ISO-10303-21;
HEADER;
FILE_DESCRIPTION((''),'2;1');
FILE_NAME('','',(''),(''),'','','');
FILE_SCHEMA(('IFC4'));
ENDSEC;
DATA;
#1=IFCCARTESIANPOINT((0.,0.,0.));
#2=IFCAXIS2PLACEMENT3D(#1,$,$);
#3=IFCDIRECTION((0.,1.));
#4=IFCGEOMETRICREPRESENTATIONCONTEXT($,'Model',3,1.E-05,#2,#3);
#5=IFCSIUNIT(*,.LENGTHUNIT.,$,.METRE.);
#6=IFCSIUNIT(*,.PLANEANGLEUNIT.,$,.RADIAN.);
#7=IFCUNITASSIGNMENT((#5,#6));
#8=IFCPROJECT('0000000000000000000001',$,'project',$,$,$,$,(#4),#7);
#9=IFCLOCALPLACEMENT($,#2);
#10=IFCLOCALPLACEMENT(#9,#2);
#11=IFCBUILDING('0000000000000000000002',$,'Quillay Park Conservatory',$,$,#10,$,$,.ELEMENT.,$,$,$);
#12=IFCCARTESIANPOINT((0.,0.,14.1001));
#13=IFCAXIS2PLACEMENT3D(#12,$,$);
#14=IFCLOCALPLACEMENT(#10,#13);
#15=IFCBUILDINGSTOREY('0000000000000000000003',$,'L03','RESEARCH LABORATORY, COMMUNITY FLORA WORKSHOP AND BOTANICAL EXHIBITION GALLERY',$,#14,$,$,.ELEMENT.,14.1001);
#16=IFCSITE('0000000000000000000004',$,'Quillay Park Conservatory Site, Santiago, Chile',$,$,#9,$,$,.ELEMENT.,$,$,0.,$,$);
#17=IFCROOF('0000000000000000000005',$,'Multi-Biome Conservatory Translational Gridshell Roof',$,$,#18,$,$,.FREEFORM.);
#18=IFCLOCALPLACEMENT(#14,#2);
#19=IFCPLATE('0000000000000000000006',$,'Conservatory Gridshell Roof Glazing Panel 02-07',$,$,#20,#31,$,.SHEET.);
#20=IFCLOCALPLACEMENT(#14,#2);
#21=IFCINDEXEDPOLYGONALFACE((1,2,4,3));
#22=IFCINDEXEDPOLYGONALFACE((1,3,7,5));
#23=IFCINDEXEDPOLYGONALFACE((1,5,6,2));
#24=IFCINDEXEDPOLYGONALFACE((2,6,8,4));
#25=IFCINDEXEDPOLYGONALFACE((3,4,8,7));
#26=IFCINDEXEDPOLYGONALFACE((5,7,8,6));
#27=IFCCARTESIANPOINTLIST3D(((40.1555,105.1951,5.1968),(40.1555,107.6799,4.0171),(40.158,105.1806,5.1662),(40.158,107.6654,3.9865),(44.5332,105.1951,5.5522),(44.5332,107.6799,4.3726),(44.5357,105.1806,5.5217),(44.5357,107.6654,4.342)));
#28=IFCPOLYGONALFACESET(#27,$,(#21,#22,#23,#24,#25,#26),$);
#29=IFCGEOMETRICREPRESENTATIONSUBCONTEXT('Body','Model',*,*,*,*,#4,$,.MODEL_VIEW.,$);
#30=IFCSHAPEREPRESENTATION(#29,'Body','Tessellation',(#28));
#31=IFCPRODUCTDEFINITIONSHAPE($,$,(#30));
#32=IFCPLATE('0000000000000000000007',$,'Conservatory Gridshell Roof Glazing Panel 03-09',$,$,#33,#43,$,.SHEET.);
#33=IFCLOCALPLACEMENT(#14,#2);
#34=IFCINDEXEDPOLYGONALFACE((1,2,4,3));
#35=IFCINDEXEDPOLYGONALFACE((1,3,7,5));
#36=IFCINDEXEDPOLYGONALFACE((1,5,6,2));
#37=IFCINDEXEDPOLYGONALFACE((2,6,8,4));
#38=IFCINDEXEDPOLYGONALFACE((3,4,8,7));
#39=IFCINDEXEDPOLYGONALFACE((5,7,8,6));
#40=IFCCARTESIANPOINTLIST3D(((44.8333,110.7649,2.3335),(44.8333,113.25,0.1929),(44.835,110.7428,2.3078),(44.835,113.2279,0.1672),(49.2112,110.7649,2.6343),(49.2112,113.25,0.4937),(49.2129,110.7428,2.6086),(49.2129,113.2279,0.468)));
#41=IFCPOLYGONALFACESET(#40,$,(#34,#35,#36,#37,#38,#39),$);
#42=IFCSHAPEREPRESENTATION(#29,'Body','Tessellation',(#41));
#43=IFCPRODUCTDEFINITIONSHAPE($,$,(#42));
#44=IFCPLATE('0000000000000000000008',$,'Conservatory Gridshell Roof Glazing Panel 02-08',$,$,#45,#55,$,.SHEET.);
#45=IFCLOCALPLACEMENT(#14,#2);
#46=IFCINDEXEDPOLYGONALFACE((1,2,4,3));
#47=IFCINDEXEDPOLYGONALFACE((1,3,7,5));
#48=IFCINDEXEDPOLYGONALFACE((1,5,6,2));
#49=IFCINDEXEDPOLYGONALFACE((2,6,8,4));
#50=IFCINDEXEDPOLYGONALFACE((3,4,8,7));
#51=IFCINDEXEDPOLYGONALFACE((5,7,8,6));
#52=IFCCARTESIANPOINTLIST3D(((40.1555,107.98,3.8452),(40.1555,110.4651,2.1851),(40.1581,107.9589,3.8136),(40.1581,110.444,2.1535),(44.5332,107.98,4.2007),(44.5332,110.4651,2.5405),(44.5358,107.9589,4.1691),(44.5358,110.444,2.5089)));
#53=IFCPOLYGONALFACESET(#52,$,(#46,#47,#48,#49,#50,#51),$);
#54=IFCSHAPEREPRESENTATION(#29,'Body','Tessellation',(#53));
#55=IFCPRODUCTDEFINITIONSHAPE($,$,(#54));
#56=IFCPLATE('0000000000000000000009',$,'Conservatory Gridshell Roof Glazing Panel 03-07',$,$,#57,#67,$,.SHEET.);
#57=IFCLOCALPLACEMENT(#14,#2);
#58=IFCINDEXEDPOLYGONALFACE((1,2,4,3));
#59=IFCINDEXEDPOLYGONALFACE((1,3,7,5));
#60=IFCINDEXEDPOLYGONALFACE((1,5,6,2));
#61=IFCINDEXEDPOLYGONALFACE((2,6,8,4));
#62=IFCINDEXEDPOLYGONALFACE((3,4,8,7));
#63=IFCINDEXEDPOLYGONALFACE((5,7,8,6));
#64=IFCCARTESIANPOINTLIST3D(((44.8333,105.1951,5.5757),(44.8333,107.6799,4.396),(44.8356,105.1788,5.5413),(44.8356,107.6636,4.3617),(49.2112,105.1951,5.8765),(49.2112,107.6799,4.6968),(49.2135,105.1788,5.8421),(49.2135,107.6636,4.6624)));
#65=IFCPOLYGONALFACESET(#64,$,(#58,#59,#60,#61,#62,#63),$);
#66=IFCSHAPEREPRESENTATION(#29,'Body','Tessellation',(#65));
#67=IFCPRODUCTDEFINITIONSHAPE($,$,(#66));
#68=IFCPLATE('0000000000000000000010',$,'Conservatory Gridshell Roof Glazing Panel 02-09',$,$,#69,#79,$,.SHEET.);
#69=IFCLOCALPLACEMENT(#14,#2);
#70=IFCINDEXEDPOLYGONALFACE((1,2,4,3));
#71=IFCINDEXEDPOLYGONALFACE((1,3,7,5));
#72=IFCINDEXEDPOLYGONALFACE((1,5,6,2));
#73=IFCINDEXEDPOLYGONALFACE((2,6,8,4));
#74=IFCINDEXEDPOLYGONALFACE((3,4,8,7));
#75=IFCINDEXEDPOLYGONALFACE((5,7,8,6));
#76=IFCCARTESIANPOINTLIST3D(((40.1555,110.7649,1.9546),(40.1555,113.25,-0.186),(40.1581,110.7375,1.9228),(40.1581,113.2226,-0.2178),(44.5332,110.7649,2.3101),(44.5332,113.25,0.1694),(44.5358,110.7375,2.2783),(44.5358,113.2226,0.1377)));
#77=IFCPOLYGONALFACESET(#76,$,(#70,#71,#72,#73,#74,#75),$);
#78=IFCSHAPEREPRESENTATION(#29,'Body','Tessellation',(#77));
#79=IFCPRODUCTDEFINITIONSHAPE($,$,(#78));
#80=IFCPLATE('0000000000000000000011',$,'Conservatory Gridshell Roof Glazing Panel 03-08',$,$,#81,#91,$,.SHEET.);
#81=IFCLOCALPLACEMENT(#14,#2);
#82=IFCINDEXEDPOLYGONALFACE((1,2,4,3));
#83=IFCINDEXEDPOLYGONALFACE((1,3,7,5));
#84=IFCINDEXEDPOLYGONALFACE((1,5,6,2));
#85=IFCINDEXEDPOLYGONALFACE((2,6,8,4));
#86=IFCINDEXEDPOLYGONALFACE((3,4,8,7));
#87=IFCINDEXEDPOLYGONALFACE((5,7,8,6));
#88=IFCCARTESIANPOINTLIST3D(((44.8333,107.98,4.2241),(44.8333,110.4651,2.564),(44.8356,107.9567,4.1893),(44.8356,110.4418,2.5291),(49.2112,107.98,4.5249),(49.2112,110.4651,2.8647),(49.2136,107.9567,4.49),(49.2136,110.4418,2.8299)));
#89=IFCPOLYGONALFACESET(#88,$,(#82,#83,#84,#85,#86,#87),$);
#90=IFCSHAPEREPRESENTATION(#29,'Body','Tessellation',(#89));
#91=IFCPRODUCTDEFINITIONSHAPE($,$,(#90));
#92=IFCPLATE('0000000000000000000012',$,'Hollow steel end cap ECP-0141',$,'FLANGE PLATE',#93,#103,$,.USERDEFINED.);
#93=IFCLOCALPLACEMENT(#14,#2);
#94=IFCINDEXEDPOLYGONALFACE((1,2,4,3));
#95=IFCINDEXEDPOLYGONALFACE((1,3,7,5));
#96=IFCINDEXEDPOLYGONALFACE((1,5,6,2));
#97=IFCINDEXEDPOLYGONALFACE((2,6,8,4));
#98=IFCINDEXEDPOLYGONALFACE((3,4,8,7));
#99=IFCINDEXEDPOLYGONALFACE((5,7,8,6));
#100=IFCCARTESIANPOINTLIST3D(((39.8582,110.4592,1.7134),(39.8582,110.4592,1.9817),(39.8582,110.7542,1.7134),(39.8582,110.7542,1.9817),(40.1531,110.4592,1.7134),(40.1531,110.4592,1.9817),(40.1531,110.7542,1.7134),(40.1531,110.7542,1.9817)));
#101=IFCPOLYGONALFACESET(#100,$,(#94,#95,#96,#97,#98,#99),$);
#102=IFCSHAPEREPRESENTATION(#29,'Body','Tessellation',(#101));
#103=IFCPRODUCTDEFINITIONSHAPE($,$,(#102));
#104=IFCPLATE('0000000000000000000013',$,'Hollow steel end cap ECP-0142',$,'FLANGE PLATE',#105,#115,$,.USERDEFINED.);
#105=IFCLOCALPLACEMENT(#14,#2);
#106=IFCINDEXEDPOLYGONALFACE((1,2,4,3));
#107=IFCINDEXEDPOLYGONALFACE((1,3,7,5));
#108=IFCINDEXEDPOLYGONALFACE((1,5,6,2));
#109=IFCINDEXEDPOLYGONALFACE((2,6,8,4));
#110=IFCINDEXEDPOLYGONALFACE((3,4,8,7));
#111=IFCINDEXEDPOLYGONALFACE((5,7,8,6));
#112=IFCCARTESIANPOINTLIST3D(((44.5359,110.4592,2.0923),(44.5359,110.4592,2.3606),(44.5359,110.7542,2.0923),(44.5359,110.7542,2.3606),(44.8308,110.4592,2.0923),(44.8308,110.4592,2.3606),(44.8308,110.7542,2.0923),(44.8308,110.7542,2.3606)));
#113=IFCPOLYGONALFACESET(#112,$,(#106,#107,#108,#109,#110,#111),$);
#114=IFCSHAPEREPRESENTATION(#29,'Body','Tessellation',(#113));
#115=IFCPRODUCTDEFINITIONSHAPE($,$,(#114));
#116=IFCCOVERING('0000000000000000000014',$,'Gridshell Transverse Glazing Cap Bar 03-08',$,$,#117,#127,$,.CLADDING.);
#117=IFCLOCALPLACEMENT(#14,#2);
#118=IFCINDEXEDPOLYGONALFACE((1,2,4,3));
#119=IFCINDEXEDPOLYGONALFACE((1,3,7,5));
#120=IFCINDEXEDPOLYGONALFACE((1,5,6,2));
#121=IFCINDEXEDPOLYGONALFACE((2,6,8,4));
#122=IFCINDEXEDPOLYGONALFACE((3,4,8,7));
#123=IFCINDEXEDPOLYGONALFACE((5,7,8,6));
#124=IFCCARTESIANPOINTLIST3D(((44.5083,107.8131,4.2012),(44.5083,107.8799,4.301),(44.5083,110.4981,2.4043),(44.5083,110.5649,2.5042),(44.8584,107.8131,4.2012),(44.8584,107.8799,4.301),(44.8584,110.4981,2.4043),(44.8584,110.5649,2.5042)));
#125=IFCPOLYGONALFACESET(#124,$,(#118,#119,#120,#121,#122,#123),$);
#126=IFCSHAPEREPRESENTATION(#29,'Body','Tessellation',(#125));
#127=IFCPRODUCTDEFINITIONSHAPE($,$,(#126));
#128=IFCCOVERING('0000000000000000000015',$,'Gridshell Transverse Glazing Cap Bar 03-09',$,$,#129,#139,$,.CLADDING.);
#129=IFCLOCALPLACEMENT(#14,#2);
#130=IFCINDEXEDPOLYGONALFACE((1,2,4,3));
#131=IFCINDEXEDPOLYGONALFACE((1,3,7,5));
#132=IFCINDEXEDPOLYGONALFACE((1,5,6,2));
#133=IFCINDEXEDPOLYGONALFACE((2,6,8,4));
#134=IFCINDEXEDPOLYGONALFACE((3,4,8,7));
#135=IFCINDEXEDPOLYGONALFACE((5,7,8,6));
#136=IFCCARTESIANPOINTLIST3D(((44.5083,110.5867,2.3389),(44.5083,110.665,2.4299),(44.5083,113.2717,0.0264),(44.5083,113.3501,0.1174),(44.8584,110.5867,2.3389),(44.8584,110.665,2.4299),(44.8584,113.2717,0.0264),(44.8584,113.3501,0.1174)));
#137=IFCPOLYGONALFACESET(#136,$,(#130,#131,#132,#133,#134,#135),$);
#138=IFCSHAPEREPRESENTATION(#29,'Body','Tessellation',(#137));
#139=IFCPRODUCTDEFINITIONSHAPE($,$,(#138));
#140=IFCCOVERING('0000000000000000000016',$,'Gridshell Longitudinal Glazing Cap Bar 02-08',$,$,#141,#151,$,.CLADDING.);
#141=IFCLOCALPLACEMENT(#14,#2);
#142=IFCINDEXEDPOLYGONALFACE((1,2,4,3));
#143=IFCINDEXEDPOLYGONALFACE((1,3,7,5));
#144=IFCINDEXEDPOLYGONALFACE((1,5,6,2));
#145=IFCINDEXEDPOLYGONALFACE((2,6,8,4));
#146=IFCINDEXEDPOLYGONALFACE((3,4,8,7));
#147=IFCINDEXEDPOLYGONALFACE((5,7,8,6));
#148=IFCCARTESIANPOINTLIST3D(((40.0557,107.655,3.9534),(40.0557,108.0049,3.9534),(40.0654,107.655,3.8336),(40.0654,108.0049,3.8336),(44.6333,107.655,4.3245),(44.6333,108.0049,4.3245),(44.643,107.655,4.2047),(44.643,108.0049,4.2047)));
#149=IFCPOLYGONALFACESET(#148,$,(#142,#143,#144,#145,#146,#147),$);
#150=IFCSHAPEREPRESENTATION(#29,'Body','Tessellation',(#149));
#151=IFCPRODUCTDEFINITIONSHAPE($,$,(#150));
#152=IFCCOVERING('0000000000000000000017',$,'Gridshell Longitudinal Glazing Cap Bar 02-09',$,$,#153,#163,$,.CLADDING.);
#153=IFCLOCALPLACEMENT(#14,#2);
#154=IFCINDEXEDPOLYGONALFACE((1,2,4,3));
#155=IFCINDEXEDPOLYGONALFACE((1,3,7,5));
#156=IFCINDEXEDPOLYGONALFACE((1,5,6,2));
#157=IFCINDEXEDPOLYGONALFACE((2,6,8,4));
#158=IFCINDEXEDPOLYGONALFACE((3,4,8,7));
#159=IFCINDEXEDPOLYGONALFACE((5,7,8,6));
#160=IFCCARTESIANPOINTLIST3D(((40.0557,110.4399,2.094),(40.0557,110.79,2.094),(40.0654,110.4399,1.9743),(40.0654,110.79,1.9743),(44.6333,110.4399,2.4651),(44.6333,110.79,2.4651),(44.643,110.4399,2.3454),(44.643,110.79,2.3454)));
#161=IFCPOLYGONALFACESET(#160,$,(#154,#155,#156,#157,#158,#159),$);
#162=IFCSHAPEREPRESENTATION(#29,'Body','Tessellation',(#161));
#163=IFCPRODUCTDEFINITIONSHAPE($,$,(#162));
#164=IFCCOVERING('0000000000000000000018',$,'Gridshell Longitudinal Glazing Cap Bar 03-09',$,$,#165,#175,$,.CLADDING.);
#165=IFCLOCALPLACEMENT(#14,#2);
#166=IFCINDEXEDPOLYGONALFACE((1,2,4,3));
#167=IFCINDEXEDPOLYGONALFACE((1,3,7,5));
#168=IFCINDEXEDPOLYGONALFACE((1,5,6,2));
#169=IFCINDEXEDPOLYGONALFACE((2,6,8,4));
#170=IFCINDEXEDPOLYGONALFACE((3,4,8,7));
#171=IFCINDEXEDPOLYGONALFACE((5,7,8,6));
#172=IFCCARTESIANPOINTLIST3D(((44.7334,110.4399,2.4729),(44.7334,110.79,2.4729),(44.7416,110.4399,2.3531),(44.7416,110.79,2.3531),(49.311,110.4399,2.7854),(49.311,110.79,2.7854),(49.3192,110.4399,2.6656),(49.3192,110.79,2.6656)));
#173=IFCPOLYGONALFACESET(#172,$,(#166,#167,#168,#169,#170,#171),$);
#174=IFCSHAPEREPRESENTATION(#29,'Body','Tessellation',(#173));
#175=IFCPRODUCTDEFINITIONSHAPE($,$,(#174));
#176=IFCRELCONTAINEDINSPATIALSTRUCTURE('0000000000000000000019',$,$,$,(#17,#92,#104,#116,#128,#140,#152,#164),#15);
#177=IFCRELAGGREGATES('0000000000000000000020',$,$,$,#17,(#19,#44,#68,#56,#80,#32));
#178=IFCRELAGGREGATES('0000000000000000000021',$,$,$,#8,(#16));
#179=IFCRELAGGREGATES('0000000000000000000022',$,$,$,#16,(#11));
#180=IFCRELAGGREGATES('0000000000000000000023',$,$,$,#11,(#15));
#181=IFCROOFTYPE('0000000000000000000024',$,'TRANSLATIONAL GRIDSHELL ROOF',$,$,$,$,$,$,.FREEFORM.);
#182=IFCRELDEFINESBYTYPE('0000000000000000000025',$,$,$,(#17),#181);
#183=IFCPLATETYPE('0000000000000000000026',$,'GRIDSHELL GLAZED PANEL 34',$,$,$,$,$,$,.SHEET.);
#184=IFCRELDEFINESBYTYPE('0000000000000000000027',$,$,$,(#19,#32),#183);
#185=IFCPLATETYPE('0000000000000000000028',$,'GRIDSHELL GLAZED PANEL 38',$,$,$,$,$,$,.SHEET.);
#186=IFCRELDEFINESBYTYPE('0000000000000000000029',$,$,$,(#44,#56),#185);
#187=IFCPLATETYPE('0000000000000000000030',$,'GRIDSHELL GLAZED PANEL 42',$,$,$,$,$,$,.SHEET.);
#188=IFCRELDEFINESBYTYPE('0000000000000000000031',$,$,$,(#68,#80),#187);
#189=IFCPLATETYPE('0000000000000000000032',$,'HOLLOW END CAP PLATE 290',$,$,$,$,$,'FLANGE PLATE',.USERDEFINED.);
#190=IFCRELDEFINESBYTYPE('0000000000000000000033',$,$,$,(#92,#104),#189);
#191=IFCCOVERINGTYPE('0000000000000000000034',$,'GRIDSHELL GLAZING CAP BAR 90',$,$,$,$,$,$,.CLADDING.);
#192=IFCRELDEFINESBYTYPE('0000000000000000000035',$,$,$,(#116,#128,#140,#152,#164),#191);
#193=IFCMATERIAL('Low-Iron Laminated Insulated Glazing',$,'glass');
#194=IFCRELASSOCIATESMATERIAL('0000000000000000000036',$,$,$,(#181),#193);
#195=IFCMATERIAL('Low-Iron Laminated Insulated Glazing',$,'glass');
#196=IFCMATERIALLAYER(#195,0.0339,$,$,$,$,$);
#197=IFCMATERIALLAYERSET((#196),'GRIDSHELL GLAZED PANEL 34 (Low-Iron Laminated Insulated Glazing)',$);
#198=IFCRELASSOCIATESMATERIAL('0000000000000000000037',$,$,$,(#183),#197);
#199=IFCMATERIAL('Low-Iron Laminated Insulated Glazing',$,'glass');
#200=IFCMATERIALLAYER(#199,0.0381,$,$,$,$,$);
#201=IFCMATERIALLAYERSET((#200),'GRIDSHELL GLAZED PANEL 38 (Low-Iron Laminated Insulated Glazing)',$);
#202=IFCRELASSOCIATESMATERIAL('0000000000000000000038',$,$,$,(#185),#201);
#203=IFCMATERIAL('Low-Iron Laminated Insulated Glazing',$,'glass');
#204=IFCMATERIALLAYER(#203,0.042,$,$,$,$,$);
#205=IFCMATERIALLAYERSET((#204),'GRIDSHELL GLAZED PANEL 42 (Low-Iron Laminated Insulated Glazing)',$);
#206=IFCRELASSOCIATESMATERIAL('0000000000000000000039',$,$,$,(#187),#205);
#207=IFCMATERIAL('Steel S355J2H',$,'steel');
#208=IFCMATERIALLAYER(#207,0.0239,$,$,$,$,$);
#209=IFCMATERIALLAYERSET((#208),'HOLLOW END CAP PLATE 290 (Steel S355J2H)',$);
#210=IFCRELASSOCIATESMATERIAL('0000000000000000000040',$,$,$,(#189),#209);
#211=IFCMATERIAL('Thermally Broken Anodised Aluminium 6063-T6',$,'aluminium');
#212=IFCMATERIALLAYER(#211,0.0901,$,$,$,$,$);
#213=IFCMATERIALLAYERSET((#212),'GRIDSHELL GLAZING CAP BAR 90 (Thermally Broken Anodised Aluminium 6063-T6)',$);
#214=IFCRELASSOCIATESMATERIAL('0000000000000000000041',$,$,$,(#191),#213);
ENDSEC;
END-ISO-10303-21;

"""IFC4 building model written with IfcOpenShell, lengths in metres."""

from ifc_helpers import new_model, si_unit, direction, frame, origin, origin_2d, place, context, subcontext, project, spatial, polyline, rectangle, outline, extrude, material, layer, layer_set, type_object, element, aggregate, save


model = new_model("IFC4")

# Units and contexts
model_context = context("Model", 3, precision=1e-05, world=origin(), true_north=direction((0.0, 1.0)))
body_context = subcontext(model_context, "Body", "Model", "MODEL_VIEW")
ifc_project = project(units=[si_unit("LENGTHUNIT", "METRE"), si_unit("PLANEANGLEUNIT", "RADIAN")], contexts=[model_context])

# Site, building, storey
site_placement = place(None, origin())
site = spatial("IfcSite", under=ifc_project, at=site_placement, Name="Quillay Park Conservatory Site, Santiago, Chile", CompositionType="ELEMENT", RefElevation=0.0)
building_placement = place(site_placement, origin())
building = spatial("IfcBuilding", under=site, at=building_placement, Name="Quillay Park Conservatory", CompositionType="ELEMENT")
storey_placement = place(building_placement, frame((0.0, 0.0, 14.1001)))
storey = spatial("IfcBuildingStorey", under=building, at=storey_placement, Name="L03", Description="RESEARCH LABORATORY, COMMUNITY FLORA WORKSHOP AND BOTANICAL EXHIBITION GALLERY", CompositionType="ELEMENT", Elevation=14.1001)

# Roof, plates
ifc_material_1 = material(Name="Low-Iron Laminated Insulated Glazing", Category="glass")
roof_type = type_object("IfcRoofType", Name="TRANSLATIONAL GRIDSHELL ROOF", PredefinedType="FREEFORM", material=ifc_material_1)
roof_placement = place(storey_placement, origin())
roof = element("IfcRoof", 1, at=roof_placement, inside=storey, type_object=roof_type, Name="Multi-Biome Conservatory Translational Gridshell Roof", PredefinedType="FREEFORM")
ifc_material_2 = material(Name="Low-Iron Laminated Insulated Glazing", Category="glass")
ifc_layer_1 = layer(ifc_material_2, 0.0339)
ifc_layer_set_1 = layer_set([ifc_layer_1], Name="GRIDSHELL GLAZED PANEL 34 (Low-Iron Laminated Insulated Glazing)")
plate_type_1 = type_object("IfcPlateType", Name="GRIDSHELL GLAZED PANEL 34", PredefinedType="SHEET", material=ifc_layer_set_1)
plate_1_placement = place(storey_placement, frame((40.1555, 105.1951, 5.1968), z_axis=(-0.073157, 0.427723, 0.900945), x_axis=(0.996719, 0.0, 0.080934)))
plate_1 = element("IfcPlate", 2, at=plate_1_placement, type_object=plate_type_1, Name="Conservatory Gridshell Roof Glazing Panel 02-07", PredefinedType="SHEET", context=body_context, shape_type="SweptSolid", body=[
    extrude(outline(polyline([(0.0, 0.0), (4.3921, 0.0), (4.2966, 2.749), (-0.0955, 2.749), (0.0, 0.0)])), origin(), (0.0, 0.0, -1.0), 0.0339),
])
plate_2_placement = place(storey_placement, frame((44.8333, 110.7649, 2.3335), z_axis=(-0.051984, 0.651758, 0.756643), x_axis=(0.997648, 0.0, 0.068542)))
plate_2 = element("IfcPlate", 3, at=plate_2_placement, type_object=plate_type_1, Name="Conservatory Gridshell Roof Glazing Panel 03-09", PredefinedType="SHEET", context=body_context, shape_type="SweptSolid", body=[
    extrude(outline(polyline([(0.0, 0.0), (4.3882, 0.0), (4.2415, 3.2767), (-0.1467, 3.2767), (0.0, 0.0)])), origin(), (0.0, 0.0, -1.0), 0.0339),
])
ifc_material_3 = material(Name="Low-Iron Laminated Insulated Glazing", Category="glass")
ifc_layer_2 = layer(ifc_material_3, 0.0381)
ifc_layer_set_2 = layer_set([ifc_layer_2], Name="GRIDSHELL GLAZED PANEL 38 (Low-Iron Laminated Insulated Glazing)")
plate_type_2 = type_object("IfcPlateType", Name="GRIDSHELL GLAZED PANEL 38", PredefinedType="SHEET", material=ifc_layer_set_2)
plate_3_placement = place(storey_placement, frame((40.1555, 107.98, 3.8452), z_axis=(-0.067366, 0.55423, 0.829633), x_axis=(0.996719, 0.0, 0.080934)))
plate_3 = element("IfcPlate", 4, at=plate_3_placement, type_object=plate_type_2, Name="Conservatory Gridshell Roof Glazing Panel 02-08", PredefinedType="SHEET", context=body_context, shape_type="SweptSolid", body=[
    extrude(outline(polyline([(0.0, 0.0), (4.3921, 0.0), (4.2577, 2.9856), (-0.1344, 2.9856), (0.0, 0.0)])), origin(), (0.0, 0.0, -1.0), 0.0381),
])
plate_4_placement = place(storey_placement, frame((44.8333, 105.1951, 5.5757), z_axis=(-0.061946, 0.428049, 0.90163), x_axis=(0.997648, 0.0, 0.068542)))
plate_4 = element("IfcPlate", 5, at=plate_4_placement, type_object=plate_type_2, Name="Conservatory Gridshell Roof Glazing Panel 03-07", PredefinedType="SHEET", context=body_context, shape_type="SweptSolid", body=[
    extrude(outline(polyline([(0.0, 0.0), (4.3882, 0.0), (4.3074, 2.7495), (-0.0809, 2.7495), (0.0, 0.0)])), origin(), (0.0, 0.0, -1.0), 0.0381),
])
ifc_material_4 = material(Name="Low-Iron Laminated Insulated Glazing", Category="glass")
ifc_layer_3 = layer(ifc_material_4, 0.042)
ifc_layer_set_3 = layer_set([ifc_layer_3], Name="GRIDSHELL GLAZED PANEL 42 (Low-Iron Laminated Insulated Glazing)")
plate_type_3 = type_object("IfcPlateType", Name="GRIDSHELL GLAZED PANEL 42", PredefinedType="SHEET", material=ifc_layer_set_3)
plate_5_placement = place(storey_placement, frame((40.1555, 110.7649, 1.9546), z_axis=(-0.061407, 0.651409, 0.756238), x_axis=(0.996719, 0.0, 0.080934)))
plate_5 = element("IfcPlate", 6, at=plate_5_placement, type_object=plate_type_3, Name="Conservatory Gridshell Roof Glazing Panel 02-09", PredefinedType="SHEET", context=body_context, shape_type="SweptSolid", body=[
    extrude(outline(polyline([(0.0, 0.0), (4.3921, 0.0), (4.2188, 3.2754), (-0.1732, 3.2754), (0.0, 0.0)])), origin(), (0.0, 0.0, -1.0), 0.042),
])
plate_6_placement = place(storey_placement, frame((44.8333, 107.98, 4.2241), z_axis=(-0.057036, 0.554587, 0.830168), x_axis=(0.997648, 0.0, 0.068542)))
plate_6 = element("IfcPlate", 7, at=plate_6_placement, type_object=plate_type_3, Name="Conservatory Gridshell Roof Glazing Panel 03-08", PredefinedType="SHEET", context=body_context, shape_type="SweptSolid", body=[
    extrude(outline(polyline([(0.0, 0.0), (4.3882, 0.0), (4.2745, 2.9865), (-0.1138, 2.9865), (0.0, 0.0)])), origin(), (0.0, 0.0, -1.0), 0.042),
])
aggregate(roof, [plate_1, plate_3, plate_5, plate_4, plate_6, plate_2])

# Plates
ifc_material_5 = material(Name="Steel S355J2H", Category="steel")
ifc_layer_4 = layer(ifc_material_5, 0.0239)
ifc_layer_set_4 = layer_set([ifc_layer_4], Name="HOLLOW END CAP PLATE 290 (Steel S355J2H)")
plate_type_4 = type_object("IfcPlateType", Name="HOLLOW END CAP PLATE 290", ElementType="FLANGE PLATE", PredefinedType="USERDEFINED", material=ifc_layer_set_4)
for number, where, z_axis, x_axis, name in (
    (8, (40.0056, 110.6067, 1.7134), (0.0, 0.0, 1.0), (1.0, 0.0, 0.0), "Hollow steel end cap ECP-0141"),
    (9, (44.6833, 110.6067, 2.0923), (0.0, 0.0, 1.0), (1.0, 0.0, 0.0), "Hollow steel end cap ECP-0142"),
):
    element("IfcPlate", number, at=place(storey_placement, frame(where, z_axis=z_axis, x_axis=x_axis)), inside=storey, type_object=plate_type_4, Name=name, ObjectType="FLANGE PLATE", PredefinedType="USERDEFINED", context=body_context, shape_type="SweptSolid", body=[
        extrude(rectangle(XDim=0.2949, YDim=0.2949, at=origin_2d()), origin(), (0.0, 0.0, 1.0), 0.2683),
    ])

# Coverings
ifc_material_6 = material(Name="Thermally Broken Anodised Aluminium 6063-T6", Category="aluminium")
ifc_layer_5 = layer(ifc_material_6, 0.0901)
ifc_layer_set_5 = layer_set([ifc_layer_5], Name="GRIDSHELL GLAZING CAP BAR 90 (Thermally Broken Anodised Aluminium 6063-T6)")
covering_type = type_object("IfcCoveringType", Name="GRIDSHELL GLAZING CAP BAR 90", PredefinedType="CLADDING", material=ifc_layer_set_5)
covering_1_placement = place(storey_placement, frame((44.5083, 107.8799, 4.301), z_axis=(0.0, 0.556164, 0.831072), x_axis=(1.0, 0.0, 0.0)))
element("IfcCovering", 10, at=covering_1_placement, inside=storey, type_object=covering_type, Name="Gridshell Transverse Glazing Cap Bar 03-08", PredefinedType="CLADDING", context=body_context, shape_type="SweptSolid", body=[
    extrude(outline(polyline([(0.0, 0.0), (0.3501, 0.0), (0.3501, 3.2308), (0.0, 3.2308), (0.0, 0.0)])), origin(), (0.0, 0.0, -1.0), 0.1201),
])
covering_2_placement = place(storey_placement, frame((44.5083, 110.665, 2.4299), z_axis=(0.0, 0.652582, 0.757718), x_axis=(1.0, 0.0, 0.0)))
element("IfcCovering", 11, at=covering_2_placement, inside=storey, type_object=covering_type, Name="Gridshell Transverse Glazing Cap Bar 03-09", PredefinedType="CLADDING", context=body_context, shape_type="SweptSolid", body=[
    extrude(outline(polyline([(0.0, 0.0), (0.3501, 0.0), (0.3501, 3.5436), (0.0, 3.5436), (0.0, 0.0)])), origin(), (0.0, 0.0, -1.0), 0.1201),
])
covering_3_placement = place(storey_placement, frame((40.0557, 107.655, 3.9534), z_axis=(-0.080802, 0.0, 0.99673), x_axis=(0.99673, 0.0, 0.080802)))
element("IfcCovering", 12, at=covering_3_placement, inside=storey, type_object=covering_type, Name="Gridshell Longitudinal Glazing Cap Bar 02-08", PredefinedType="CLADDING", context=body_context, shape_type="SweptSolid", body=[
    extrude(outline(polyline([(0.0, 0.0), (4.5927, 0.0), (4.5927, 0.3499), (0.0, 0.3499), (0.0, 0.0)])), origin(), (0.0, 0.0, -1.0), 0.1201),
])
covering_4_placement = place(storey_placement, frame((40.0557, 110.4399, 2.094), z_axis=(-0.080802, 0.0, 0.99673), x_axis=(0.99673, 0.0, 0.080802)))
element("IfcCovering", 13, at=covering_4_placement, inside=storey, type_object=covering_type, Name="Gridshell Longitudinal Glazing Cap Bar 02-09", PredefinedType="CLADDING", context=body_context, shape_type="SweptSolid", body=[
    extrude(outline(polyline([(0.0, 0.0), (4.5927, 0.0), (4.5927, 0.3501), (0.0, 0.3501), (0.0, 0.0)])), origin(), (0.0, 0.0, -1.0), 0.1201),
])
covering_5_placement = place(storey_placement, frame((44.7334, 110.4399, 2.4729), z_axis=(-0.068108, 0.0, 0.997678), x_axis=(0.997678, 0.0, 0.068108)))
element("IfcCovering", 14, at=covering_5_placement, inside=storey, type_object=covering_type, Name="Gridshell Longitudinal Glazing Cap Bar 03-09", PredefinedType="CLADDING", context=body_context, shape_type="SweptSolid", body=[
    extrude(outline(polyline([(0.0, 0.0), (4.5883, 0.0), (4.5883, 0.3501), (0.0, 0.3501), (0.0, 0.0)])), origin(), (0.0, 0.0, -1.0), 0.1201),
])

save(model, "model.ifc")
